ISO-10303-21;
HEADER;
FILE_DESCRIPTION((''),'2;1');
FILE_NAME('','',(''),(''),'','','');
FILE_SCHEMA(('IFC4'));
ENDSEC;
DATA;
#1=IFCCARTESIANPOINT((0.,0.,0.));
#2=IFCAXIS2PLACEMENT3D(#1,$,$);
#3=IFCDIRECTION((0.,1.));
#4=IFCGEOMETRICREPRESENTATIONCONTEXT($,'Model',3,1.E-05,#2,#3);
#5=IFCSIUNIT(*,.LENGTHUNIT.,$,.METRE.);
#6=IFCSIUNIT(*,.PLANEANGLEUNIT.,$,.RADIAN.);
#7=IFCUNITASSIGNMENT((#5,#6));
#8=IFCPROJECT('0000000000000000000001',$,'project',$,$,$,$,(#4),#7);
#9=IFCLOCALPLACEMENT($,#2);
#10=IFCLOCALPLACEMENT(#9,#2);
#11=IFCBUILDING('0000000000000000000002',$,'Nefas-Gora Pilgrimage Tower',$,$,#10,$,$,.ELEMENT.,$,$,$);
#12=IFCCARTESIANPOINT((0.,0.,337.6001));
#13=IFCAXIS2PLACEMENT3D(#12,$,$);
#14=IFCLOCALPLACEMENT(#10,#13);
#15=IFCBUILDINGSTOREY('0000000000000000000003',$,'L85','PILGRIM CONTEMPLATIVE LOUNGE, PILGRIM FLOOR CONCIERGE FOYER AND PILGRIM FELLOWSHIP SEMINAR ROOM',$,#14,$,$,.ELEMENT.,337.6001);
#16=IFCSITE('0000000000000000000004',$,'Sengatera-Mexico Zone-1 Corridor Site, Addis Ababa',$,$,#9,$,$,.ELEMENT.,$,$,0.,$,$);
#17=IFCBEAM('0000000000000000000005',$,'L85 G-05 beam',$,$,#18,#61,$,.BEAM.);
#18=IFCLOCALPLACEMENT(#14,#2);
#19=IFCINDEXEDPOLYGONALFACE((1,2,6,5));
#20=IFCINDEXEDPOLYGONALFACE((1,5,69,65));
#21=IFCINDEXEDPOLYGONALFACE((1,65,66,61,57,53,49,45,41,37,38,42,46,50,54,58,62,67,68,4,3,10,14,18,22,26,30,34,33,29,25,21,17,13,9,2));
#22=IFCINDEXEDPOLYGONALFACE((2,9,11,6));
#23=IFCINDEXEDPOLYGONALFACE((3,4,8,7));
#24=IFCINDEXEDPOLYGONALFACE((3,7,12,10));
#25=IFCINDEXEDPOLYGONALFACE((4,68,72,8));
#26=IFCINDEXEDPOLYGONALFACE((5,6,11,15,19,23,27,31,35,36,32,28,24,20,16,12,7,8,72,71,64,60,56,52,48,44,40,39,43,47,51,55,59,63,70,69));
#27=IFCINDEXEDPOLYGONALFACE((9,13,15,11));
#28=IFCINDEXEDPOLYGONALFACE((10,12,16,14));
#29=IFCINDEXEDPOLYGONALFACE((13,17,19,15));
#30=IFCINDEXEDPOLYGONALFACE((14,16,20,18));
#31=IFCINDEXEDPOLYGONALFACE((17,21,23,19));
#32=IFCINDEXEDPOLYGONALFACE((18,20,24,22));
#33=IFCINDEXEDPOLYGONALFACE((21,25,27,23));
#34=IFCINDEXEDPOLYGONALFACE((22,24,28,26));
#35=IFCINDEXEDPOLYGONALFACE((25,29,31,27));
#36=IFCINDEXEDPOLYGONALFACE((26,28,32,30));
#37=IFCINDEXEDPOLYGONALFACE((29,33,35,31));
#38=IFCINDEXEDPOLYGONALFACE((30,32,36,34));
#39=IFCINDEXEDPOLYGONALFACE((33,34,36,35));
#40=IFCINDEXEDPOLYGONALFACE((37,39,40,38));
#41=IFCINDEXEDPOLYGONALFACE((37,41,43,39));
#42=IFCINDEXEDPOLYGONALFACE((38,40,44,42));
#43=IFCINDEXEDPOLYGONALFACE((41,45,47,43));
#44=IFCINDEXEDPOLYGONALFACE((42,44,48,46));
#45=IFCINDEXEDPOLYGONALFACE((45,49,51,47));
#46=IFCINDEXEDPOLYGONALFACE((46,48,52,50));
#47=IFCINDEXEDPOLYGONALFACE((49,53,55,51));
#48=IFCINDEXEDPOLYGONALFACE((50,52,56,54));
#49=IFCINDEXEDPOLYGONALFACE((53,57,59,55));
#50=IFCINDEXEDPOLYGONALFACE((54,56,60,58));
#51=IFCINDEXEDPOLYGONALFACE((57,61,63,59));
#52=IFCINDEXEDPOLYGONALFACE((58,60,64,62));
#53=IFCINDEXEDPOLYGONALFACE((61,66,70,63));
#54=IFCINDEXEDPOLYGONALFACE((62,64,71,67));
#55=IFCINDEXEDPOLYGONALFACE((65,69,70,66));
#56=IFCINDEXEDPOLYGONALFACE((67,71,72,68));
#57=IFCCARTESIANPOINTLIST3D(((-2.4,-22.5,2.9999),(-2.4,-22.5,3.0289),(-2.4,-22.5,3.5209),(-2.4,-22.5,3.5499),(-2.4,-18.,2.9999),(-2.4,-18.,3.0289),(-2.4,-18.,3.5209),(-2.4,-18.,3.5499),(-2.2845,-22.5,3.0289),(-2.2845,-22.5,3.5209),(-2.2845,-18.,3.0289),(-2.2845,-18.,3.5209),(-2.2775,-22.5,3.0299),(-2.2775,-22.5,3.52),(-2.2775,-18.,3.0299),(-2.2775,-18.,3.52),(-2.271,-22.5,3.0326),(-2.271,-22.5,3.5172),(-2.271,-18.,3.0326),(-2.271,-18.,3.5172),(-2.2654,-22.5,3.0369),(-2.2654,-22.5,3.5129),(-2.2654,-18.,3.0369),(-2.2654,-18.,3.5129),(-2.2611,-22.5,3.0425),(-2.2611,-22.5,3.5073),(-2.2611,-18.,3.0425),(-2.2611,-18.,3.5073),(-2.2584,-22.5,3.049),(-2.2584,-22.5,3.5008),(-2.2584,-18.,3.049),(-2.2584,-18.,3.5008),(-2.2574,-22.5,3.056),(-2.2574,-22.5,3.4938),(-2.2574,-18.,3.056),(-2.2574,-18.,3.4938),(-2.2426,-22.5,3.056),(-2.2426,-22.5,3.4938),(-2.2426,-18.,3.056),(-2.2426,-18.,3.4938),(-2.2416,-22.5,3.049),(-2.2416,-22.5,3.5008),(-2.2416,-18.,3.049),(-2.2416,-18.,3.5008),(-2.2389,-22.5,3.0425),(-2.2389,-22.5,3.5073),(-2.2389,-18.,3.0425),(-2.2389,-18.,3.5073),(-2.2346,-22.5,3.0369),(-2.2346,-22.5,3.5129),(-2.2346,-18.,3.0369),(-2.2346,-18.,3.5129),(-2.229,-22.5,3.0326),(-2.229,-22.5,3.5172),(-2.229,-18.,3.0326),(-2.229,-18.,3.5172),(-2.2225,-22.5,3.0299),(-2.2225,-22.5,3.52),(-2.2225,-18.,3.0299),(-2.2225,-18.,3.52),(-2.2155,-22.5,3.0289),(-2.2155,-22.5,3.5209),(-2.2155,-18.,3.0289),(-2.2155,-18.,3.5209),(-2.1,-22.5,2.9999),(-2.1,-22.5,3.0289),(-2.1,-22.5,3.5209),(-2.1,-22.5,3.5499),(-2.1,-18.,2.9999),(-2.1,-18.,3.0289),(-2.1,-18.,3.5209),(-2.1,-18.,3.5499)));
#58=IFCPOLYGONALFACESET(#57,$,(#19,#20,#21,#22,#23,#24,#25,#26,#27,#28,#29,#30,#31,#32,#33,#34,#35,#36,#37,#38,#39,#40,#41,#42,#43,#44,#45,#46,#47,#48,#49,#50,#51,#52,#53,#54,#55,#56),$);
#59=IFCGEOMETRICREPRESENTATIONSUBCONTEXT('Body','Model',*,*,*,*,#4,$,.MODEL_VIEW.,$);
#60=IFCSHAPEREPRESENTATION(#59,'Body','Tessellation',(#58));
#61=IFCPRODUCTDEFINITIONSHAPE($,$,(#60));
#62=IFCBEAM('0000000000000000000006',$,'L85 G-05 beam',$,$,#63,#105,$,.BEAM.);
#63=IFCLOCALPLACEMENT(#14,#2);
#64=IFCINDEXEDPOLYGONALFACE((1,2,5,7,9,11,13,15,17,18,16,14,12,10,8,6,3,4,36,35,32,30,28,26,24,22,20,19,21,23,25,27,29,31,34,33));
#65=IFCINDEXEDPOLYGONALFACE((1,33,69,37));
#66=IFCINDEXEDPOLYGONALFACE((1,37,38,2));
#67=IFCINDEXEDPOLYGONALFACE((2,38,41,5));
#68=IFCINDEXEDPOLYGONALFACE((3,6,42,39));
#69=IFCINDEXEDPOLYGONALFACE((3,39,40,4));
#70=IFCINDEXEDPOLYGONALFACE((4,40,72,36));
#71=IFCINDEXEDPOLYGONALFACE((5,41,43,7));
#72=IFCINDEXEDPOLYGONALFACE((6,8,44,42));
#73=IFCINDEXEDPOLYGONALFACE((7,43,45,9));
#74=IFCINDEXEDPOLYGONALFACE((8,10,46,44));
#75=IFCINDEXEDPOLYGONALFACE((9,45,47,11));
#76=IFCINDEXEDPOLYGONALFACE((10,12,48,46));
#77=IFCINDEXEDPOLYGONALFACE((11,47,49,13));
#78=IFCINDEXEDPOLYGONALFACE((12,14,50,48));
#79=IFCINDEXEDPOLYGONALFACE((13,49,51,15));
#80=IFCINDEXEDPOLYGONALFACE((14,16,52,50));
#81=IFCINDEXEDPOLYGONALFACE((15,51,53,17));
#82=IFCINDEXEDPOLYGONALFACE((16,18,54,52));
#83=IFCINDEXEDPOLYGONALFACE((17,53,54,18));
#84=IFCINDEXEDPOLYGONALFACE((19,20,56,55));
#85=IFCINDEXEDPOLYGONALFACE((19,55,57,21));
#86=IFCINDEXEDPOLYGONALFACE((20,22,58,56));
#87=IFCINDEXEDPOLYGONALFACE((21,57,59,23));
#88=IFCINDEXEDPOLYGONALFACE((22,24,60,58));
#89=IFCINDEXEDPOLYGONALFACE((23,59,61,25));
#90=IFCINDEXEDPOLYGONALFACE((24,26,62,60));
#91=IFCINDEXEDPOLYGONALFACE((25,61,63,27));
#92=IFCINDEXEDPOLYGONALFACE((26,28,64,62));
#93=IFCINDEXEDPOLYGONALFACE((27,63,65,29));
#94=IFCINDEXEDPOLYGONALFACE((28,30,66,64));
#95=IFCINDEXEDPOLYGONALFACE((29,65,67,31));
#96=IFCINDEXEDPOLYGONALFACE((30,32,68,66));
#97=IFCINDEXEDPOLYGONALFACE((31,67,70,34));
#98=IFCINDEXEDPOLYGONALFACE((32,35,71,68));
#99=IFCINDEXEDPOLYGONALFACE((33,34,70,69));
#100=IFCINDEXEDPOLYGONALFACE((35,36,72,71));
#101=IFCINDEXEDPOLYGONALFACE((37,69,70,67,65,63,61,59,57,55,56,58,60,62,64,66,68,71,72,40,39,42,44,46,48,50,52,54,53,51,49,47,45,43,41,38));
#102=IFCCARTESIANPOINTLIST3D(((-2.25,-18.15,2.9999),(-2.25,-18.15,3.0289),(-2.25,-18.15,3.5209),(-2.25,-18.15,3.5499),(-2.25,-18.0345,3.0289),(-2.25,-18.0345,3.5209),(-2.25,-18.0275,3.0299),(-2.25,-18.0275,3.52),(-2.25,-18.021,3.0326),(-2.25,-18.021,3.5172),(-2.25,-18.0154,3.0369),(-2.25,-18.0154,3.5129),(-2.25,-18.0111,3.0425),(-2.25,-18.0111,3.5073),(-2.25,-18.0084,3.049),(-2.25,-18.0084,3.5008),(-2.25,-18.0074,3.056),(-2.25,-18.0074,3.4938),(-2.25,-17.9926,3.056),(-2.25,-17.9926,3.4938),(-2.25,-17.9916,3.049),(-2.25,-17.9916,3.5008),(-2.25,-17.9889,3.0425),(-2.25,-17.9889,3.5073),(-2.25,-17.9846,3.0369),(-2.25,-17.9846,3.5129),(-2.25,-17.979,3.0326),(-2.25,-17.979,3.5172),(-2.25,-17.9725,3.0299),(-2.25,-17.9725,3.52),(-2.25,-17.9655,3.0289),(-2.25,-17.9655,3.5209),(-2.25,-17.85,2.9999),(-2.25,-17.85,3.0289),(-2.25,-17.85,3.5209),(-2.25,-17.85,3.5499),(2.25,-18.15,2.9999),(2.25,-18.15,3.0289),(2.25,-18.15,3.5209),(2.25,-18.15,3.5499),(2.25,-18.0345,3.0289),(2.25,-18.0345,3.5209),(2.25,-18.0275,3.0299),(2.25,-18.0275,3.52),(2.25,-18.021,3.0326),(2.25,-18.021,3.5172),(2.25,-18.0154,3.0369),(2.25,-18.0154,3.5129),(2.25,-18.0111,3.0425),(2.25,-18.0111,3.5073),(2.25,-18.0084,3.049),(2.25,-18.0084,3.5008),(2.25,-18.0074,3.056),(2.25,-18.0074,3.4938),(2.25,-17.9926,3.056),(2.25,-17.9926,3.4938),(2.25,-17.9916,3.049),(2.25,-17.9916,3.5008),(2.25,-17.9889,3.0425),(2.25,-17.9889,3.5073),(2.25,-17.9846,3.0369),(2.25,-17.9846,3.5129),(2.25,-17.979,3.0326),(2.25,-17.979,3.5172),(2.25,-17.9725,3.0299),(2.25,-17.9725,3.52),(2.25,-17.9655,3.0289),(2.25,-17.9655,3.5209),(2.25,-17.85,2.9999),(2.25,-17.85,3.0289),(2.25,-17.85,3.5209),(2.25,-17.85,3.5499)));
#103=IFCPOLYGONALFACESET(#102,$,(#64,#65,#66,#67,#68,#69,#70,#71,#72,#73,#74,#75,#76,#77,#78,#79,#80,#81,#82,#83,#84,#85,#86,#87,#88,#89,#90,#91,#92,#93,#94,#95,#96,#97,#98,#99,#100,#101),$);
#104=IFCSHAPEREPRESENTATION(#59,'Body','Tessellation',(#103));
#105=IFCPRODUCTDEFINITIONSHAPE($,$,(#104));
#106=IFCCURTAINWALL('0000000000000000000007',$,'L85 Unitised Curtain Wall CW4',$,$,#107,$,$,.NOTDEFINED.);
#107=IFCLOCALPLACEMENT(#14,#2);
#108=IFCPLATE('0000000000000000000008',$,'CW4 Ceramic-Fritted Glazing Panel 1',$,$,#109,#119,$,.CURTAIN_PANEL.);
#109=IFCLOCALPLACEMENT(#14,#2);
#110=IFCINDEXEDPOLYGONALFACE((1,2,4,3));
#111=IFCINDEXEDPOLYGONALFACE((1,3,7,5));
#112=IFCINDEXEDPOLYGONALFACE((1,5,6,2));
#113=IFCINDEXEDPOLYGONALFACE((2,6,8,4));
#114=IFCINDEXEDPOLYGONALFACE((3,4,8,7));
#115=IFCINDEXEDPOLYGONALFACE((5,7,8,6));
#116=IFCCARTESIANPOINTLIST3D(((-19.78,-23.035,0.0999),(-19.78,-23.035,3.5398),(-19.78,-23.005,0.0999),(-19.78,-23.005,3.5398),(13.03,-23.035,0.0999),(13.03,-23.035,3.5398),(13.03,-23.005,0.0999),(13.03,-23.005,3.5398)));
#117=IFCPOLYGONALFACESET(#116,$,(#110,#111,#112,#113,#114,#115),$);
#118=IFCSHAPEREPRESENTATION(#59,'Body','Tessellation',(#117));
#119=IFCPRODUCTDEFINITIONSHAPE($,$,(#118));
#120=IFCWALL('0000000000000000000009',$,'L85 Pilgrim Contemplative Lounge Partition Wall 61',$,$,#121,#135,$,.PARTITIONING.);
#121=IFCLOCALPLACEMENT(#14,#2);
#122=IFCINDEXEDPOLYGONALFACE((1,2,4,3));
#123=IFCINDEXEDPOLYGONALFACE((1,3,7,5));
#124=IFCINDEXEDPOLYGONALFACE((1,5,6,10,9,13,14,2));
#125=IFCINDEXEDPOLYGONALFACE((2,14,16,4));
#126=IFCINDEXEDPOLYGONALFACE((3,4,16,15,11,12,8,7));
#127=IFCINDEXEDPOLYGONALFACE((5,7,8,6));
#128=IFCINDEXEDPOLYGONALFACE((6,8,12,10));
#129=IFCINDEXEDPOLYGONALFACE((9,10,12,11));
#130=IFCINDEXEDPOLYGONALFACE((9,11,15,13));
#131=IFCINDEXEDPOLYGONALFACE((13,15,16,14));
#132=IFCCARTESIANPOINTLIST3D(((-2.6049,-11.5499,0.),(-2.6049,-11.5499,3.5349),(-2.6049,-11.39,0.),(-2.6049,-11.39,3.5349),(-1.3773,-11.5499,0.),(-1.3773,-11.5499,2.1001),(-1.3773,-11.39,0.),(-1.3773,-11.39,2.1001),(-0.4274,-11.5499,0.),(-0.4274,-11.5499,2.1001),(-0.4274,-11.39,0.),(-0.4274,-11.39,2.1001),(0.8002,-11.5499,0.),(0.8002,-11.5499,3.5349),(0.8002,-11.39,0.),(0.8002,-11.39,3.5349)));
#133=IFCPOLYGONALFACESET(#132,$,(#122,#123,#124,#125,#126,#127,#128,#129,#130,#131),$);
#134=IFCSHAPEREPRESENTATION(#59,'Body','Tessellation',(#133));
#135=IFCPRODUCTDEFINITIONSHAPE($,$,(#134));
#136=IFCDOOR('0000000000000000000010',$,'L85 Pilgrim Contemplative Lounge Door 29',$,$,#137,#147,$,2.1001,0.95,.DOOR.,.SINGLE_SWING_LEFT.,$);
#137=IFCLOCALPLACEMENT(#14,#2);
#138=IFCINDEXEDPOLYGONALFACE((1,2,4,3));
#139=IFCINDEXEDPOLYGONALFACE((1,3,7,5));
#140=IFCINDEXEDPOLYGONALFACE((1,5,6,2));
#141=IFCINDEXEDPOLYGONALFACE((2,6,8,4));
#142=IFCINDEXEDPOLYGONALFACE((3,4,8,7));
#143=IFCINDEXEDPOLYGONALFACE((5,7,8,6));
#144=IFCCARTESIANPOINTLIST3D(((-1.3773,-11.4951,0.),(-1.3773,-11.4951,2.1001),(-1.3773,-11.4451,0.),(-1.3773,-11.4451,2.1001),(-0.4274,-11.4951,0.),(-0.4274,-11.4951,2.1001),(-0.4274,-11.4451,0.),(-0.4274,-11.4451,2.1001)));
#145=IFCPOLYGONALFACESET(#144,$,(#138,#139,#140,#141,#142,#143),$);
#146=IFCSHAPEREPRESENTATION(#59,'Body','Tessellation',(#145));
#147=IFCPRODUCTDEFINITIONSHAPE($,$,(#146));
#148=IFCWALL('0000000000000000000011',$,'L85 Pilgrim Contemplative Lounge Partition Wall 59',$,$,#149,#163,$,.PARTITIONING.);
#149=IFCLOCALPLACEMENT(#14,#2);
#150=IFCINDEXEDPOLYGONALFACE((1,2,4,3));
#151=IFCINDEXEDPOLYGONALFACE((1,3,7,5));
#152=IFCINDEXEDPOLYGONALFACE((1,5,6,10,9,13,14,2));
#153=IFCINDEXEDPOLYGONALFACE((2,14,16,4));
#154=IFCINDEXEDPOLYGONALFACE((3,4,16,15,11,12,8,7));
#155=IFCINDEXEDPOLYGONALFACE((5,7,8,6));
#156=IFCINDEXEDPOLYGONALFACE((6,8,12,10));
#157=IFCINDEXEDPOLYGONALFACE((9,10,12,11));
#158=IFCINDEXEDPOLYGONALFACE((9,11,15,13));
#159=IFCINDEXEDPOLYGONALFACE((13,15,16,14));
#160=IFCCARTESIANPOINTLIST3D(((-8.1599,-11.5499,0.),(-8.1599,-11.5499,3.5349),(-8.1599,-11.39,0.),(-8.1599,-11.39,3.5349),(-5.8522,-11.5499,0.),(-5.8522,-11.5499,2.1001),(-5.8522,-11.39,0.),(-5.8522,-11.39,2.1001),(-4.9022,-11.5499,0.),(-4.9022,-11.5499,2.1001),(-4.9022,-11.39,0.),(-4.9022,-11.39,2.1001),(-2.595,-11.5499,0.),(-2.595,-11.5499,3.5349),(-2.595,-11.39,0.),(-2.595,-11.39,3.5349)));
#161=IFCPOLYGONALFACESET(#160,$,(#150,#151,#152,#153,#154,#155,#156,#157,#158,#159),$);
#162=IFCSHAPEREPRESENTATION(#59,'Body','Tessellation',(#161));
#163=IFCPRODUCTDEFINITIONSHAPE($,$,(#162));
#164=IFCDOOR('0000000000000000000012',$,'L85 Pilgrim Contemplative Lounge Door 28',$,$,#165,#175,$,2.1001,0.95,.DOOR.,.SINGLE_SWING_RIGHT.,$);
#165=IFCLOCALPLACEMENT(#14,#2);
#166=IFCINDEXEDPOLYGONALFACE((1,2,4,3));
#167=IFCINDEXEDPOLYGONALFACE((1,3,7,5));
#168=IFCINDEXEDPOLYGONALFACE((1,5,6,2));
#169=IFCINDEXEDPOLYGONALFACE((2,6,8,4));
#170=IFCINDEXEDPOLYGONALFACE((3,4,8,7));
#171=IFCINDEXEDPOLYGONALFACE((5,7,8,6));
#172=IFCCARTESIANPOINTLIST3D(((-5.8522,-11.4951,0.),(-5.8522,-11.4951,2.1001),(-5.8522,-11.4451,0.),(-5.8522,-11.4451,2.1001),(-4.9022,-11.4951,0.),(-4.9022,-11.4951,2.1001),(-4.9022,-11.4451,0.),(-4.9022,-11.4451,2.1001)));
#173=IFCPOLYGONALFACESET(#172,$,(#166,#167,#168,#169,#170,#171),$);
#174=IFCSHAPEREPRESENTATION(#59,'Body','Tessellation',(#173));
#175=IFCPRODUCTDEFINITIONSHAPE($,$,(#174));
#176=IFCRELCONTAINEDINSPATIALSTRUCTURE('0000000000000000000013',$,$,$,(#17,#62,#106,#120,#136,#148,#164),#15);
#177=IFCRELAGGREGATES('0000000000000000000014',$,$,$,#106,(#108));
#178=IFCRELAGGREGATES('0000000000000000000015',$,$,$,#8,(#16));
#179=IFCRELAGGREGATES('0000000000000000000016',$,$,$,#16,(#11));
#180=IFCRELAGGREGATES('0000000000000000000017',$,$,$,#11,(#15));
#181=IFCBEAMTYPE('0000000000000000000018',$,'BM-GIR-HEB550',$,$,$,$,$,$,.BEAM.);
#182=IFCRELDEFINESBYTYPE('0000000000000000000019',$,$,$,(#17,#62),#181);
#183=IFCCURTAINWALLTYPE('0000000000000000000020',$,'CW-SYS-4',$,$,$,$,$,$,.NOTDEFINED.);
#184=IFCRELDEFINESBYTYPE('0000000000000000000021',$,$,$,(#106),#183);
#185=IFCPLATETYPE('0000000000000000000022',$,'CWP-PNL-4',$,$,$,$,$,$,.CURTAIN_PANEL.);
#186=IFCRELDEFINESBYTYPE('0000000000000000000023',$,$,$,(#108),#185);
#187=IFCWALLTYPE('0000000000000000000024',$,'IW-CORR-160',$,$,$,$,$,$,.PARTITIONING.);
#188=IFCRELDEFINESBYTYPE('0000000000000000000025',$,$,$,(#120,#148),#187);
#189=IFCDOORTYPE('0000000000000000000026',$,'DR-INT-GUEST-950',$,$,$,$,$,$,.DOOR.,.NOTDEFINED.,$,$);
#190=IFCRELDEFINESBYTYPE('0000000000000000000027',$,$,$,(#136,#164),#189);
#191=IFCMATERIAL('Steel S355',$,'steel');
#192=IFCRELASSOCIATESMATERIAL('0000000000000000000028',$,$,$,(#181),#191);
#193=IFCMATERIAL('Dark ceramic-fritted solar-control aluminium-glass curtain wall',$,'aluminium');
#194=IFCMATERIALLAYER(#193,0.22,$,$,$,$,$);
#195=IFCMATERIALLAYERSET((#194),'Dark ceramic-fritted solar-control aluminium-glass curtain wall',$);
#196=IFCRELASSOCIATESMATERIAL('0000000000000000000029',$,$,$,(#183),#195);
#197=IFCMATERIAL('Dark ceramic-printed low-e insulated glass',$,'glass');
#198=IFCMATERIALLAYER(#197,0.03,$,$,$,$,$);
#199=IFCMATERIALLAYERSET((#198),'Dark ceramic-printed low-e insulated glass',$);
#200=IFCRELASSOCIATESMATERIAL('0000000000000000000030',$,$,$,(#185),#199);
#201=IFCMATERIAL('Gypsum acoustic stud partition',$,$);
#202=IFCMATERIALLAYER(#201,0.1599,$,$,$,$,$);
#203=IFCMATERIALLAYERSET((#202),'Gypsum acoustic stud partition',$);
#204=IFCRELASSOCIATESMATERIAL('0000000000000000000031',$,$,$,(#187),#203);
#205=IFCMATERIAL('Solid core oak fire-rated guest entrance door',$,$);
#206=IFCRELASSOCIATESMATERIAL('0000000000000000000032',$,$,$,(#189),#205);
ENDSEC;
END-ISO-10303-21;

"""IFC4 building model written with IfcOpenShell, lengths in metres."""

from ifc_helpers import new_model, si_unit, direction, frame, frame_2d, origin, origin_2d, place, context, subcontext, project, spatial, rectangle, i_section, extrude, source, transform, mapped, material, layer, layer_set, material_profile, profile_set, type_object, element, fill, aggregate, save


model = new_model("IFC4")

# Units and contexts
model_context = context("Model", 3, precision=1e-05, world=origin(), true_north=direction((0.0, 1.0)))
body_context = subcontext(model_context, "Body", "Model", "MODEL_VIEW")
ifc_project = project(units=[si_unit("LENGTHUNIT", "METRE"), si_unit("PLANEANGLEUNIT", "RADIAN")], contexts=[model_context])

# Site, building, storey
site_placement = place(None, origin())
site = spatial("IfcSite", under=ifc_project, at=site_placement, Name="Sengatera-Mexico Zone-1 Corridor Site, Addis Ababa", CompositionType="ELEMENT", RefElevation=0.0)
building_placement = place(site_placement, origin())
building = spatial("IfcBuilding", under=site, at=building_placement, Name="Nefas-Gora Pilgrimage Tower", CompositionType="ELEMENT")
storey_placement = place(building_placement, frame((0.0, 0.0, 337.6001)))
storey = spatial("IfcBuildingStorey", under=building, at=storey_placement, Name="L85", Description="PILGRIM CONTEMPLATIVE LOUNGE, PILGRIM FLOOR CONCIERGE FOYER AND PILGRIM FELLOWSHIP SEMINAR ROOM", CompositionType="ELEMENT", Elevation=337.6001)

# Shared definitions
ifc_material_1 = material(Name="Steel S355", Category="steel")

# Beams
ifc_material_profile_1 = material_profile(ifc_material_1, i_section(OverallWidth=0.3, OverallDepth=0.55, WebThickness=0.0149, FlangeThickness=0.0291, FilletRadius=0.0271, at=origin_2d()), Name="HEB 550")
ifc_profile_set_1 = profile_set([ifc_material_profile_1], Name="Steel S355")
beam_type_1 = type_object("IfcBeamType", Name="BM-GIR-HEB550", PredefinedType="BEAM", material=ifc_profile_set_1)
shared_shape_1 = source(origin(), body_context, "Body", "SweptSolid", [
    extrude(i_section(OverallWidth=0.3, OverallDepth=0.55, WebThickness=0.0149, FlangeThickness=0.0291, FilletRadius=0.0271, at=origin_2d()), origin(), (0.0, 0.0, 1.0), 4.5),
])
for number, where, z_axis, x_axis, name in (
    (1, (-2.25, -22.5, 3.2749), (0.0, 1.0, 0.0), (-1.0, 0.0, 0.0), "L85 G-05 beam"),
    (2, (-2.25, -18.0, 3.2749), (1.0, 0.0, 0.0), (0.0, 1.0, 0.0), "L85 G-05 beam"),
):
    element("IfcBeam", number, at=place(storey_placement, frame(where, z_axis=z_axis, x_axis=x_axis)), inside=storey, type_object=beam_type_1, Name=name, PredefinedType="BEAM", context=body_context, shape_type="MappedRepresentation", body=[
        mapped(shared_shape_1, transform((0.0, 0.0, 0.0), x_axis=(1.0, 0.0, 0.0), y_axis=(0.0, 1.0, 0.0), z_axis=(0.0, 0.0, 1.0), scale=1.0)),
    ])

# Curtain wall, plate
ifc_material_2 = material(Name="Dark ceramic-fritted solar-control aluminium-glass curtain wall", Category="aluminium")
ifc_layer_1 = layer(ifc_material_2, 0.22)
ifc_layer_set_1 = layer_set([ifc_layer_1], Name="Dark ceramic-fritted solar-control aluminium-glass curtain wall")
curtain_wall_type = type_object("IfcCurtainWallType", Name="CW-SYS-4", PredefinedType="NOTDEFINED", material=ifc_layer_set_1)
curtain_wall_placement = place(storey_placement, origin())
curtain_wall = element("IfcCurtainWall", 3, at=curtain_wall_placement, inside=storey, type_object=curtain_wall_type, Name="L85 Unitised Curtain Wall CW4", PredefinedType="NOTDEFINED")
ifc_material_3 = material(Name="Dark ceramic-printed low-e insulated glass", Category="glass")
ifc_layer_2 = layer(ifc_material_3, 0.03)
ifc_layer_set_2 = layer_set([ifc_layer_2], Name="Dark ceramic-printed low-e insulated glass")
plate_type = type_object("IfcPlateType", Name="CWP-PNL-4", PredefinedType="CURTAIN_PANEL", material=ifc_layer_set_2)
shared_shape_2 = source(origin(), body_context, "Body", "SweptSolid", [
    extrude(rectangle(XDim=32.8101, YDim=0.03, at=origin_2d()), origin(), (0.0, 0.0, 1.0), 3.4399),
])
plate_placement = place(storey_placement, frame((-3.375, -23.02, 0.0999), z_axis=(0.0, 0.0, 1.0), x_axis=(1.0, 0.0, 0.0)))
plate = element("IfcPlate", 4, at=plate_placement, type_object=plate_type, Name="CW4 Ceramic-Fritted Glazing Panel 1", PredefinedType="CURTAIN_PANEL", context=body_context, shape_type="MappedRepresentation", body=[
    mapped(shared_shape_2, transform((0.0, 0.0, 0.0), x_axis=(1.0, 0.0, 0.0), y_axis=(0.0, 1.0, 0.0), z_axis=(0.0, 0.0, 1.0), scale=1.0)),
])
aggregate(curtain_wall, [plate])

# Walls, openings, doors
ifc_material_4 = material(Name="Gypsum acoustic stud partition")
ifc_layer_3 = layer(ifc_material_4, 0.1599)
ifc_layer_set_3 = layer_set([ifc_layer_3], Name="Gypsum acoustic stud partition")
wall_type_1 = type_object("IfcWallType", Name="IW-CORR-160", PredefinedType="PARTITIONING", material=ifc_layer_set_3)
shared_shape_3 = source(origin(), body_context, "Body", "SweptSolid", [
    extrude(rectangle(XDim=3.405, YDim=0.1599, at=frame_2d((1.7026, 0.0))), origin(), (0.0, 0.0, 1.0), 3.5349),
])
wall_1_placement = place(storey_placement, frame((-2.605, -11.47, 0.0), z_axis=(0.0, 0.0, 1.0), x_axis=(1.0, 0.0, 0.0)))
wall_1 = element("IfcWall", 5, at=wall_1_placement, inside=storey, type_object=wall_type_1, Name="L85 Pilgrim Contemplative Lounge Partition Wall 61", PredefinedType="PARTITIONING", context=body_context, shape_type="MappedRepresentation", body=[
    mapped(shared_shape_3, transform((0.0, 0.0, 0.0), x_axis=(1.0, 0.0, 0.0), y_axis=(0.0, 1.0, 0.0), z_axis=(0.0, 0.0, 1.0), scale=1.0)),
])
opening_1_placement = place(wall_1_placement, frame((1.2275, 0.0, 0.0)))
opening_1 = element("IfcOpeningElement", 6, at=opening_1_placement, cuts=wall_1, PredefinedType="OPENING", context=body_context, shape_type="SweptSolid", body=[
    extrude(rectangle(XDim=0.95, YDim=2.1001, at=frame_2d((0.4751, 1.05))), frame((0.0, 0.0898, 0.0), z_axis=(0.0, -1.0, 0.0), x_axis=(1.0, 0.0, 0.0)), (0.0, 0.0, 1.0), 0.1799),
])
ifc_material_5 = material(Name="Solid core oak fire-rated guest entrance door")
door_type_1 = type_object("IfcDoorType", Name="DR-INT-GUEST-950", OperationType="NOTDEFINED", PredefinedType="DOOR", material=ifc_material_5)
shared_shape_4 = source(origin(), body_context, "Body", "SweptSolid", [
    extrude(rectangle(XDim=0.95, YDim=2.1001, at=frame_2d((0.4751, 1.05))), frame((0.0, 0.0249, 0.0), z_axis=(0.0, -1.0, 0.0), x_axis=(1.0, 0.0, 0.0)), (0.0, 0.0, 1.0), 0.05),
])
door_1_placement = place(opening_1_placement, origin())
door_1 = element("IfcDoor", 7, at=door_1_placement, inside=storey, type_object=door_type_1, Name="L85 Pilgrim Contemplative Lounge Door 29", OperationType="SINGLE_SWING_LEFT", OverallHeight=2.1001, OverallWidth=0.95, PredefinedType="DOOR", context=body_context, shape_type="MappedRepresentation", body=[
    mapped(shared_shape_4, transform((0.0, 0.0, 0.0), x_axis=(1.0, 0.0, 0.0), y_axis=(0.0, 1.0, 0.0), z_axis=(0.0, 0.0, 1.0), scale=1.0)),
])
fill(opening_1, door_1)
shared_shape_5 = source(origin(), body_context, "Body", "SweptSolid", [
    extrude(rectangle(XDim=5.5649, YDim=0.1599, at=frame_2d((2.7825, 0.0))), origin(), (0.0, 0.0, 1.0), 3.5349),
])
wall_2_placement = place(storey_placement, frame((-8.1599, -11.47, 0.0), z_axis=(0.0, 0.0, 1.0), x_axis=(1.0, 0.0, 0.0)))
wall_2 = element("IfcWall", 8, at=wall_2_placement, inside=storey, type_object=wall_type_1, Name="L85 Pilgrim Contemplative Lounge Partition Wall 59", PredefinedType="PARTITIONING", context=body_context, shape_type="MappedRepresentation", body=[
    mapped(shared_shape_5, transform((0.0, 0.0, 0.0), x_axis=(1.0, 0.0, 0.0), y_axis=(0.0, 1.0, 0.0), z_axis=(0.0, 0.0, 1.0), scale=1.0)),
])
opening_2_placement = place(wall_2_placement, frame((2.3076, 0.0, 0.0)))
opening_2 = element("IfcOpeningElement", 9, at=opening_2_placement, cuts=wall_2, PredefinedType="OPENING", context=body_context, shape_type="SweptSolid", body=[
    extrude(rectangle(XDim=0.95, YDim=2.1001, at=frame_2d((0.4751, 1.05))), frame((0.0, 0.0898, 0.0), z_axis=(0.0, -1.0, 0.0), x_axis=(1.0, 0.0, 0.0)), (0.0, 0.0, 1.0), 0.1799),
])
door_2_placement = place(opening_2_placement, origin())
door_2 = element("IfcDoor", 10, at=door_2_placement, inside=storey, type_object=door_type_1, Name="L85 Pilgrim Contemplative Lounge Door 28", OperationType="SINGLE_SWING_RIGHT", OverallHeight=2.1001, OverallWidth=0.95, PredefinedType="DOOR", context=body_context, shape_type="MappedRepresentation", body=[
    mapped(shared_shape_4, transform((0.0, 0.0, 0.0), x_axis=(1.0, 0.0, 0.0), y_axis=(0.0, 1.0, 0.0), z_axis=(0.0, 0.0, 1.0), scale=1.0)),
])
fill(opening_2, door_2)

save(model, "model.ifc")
